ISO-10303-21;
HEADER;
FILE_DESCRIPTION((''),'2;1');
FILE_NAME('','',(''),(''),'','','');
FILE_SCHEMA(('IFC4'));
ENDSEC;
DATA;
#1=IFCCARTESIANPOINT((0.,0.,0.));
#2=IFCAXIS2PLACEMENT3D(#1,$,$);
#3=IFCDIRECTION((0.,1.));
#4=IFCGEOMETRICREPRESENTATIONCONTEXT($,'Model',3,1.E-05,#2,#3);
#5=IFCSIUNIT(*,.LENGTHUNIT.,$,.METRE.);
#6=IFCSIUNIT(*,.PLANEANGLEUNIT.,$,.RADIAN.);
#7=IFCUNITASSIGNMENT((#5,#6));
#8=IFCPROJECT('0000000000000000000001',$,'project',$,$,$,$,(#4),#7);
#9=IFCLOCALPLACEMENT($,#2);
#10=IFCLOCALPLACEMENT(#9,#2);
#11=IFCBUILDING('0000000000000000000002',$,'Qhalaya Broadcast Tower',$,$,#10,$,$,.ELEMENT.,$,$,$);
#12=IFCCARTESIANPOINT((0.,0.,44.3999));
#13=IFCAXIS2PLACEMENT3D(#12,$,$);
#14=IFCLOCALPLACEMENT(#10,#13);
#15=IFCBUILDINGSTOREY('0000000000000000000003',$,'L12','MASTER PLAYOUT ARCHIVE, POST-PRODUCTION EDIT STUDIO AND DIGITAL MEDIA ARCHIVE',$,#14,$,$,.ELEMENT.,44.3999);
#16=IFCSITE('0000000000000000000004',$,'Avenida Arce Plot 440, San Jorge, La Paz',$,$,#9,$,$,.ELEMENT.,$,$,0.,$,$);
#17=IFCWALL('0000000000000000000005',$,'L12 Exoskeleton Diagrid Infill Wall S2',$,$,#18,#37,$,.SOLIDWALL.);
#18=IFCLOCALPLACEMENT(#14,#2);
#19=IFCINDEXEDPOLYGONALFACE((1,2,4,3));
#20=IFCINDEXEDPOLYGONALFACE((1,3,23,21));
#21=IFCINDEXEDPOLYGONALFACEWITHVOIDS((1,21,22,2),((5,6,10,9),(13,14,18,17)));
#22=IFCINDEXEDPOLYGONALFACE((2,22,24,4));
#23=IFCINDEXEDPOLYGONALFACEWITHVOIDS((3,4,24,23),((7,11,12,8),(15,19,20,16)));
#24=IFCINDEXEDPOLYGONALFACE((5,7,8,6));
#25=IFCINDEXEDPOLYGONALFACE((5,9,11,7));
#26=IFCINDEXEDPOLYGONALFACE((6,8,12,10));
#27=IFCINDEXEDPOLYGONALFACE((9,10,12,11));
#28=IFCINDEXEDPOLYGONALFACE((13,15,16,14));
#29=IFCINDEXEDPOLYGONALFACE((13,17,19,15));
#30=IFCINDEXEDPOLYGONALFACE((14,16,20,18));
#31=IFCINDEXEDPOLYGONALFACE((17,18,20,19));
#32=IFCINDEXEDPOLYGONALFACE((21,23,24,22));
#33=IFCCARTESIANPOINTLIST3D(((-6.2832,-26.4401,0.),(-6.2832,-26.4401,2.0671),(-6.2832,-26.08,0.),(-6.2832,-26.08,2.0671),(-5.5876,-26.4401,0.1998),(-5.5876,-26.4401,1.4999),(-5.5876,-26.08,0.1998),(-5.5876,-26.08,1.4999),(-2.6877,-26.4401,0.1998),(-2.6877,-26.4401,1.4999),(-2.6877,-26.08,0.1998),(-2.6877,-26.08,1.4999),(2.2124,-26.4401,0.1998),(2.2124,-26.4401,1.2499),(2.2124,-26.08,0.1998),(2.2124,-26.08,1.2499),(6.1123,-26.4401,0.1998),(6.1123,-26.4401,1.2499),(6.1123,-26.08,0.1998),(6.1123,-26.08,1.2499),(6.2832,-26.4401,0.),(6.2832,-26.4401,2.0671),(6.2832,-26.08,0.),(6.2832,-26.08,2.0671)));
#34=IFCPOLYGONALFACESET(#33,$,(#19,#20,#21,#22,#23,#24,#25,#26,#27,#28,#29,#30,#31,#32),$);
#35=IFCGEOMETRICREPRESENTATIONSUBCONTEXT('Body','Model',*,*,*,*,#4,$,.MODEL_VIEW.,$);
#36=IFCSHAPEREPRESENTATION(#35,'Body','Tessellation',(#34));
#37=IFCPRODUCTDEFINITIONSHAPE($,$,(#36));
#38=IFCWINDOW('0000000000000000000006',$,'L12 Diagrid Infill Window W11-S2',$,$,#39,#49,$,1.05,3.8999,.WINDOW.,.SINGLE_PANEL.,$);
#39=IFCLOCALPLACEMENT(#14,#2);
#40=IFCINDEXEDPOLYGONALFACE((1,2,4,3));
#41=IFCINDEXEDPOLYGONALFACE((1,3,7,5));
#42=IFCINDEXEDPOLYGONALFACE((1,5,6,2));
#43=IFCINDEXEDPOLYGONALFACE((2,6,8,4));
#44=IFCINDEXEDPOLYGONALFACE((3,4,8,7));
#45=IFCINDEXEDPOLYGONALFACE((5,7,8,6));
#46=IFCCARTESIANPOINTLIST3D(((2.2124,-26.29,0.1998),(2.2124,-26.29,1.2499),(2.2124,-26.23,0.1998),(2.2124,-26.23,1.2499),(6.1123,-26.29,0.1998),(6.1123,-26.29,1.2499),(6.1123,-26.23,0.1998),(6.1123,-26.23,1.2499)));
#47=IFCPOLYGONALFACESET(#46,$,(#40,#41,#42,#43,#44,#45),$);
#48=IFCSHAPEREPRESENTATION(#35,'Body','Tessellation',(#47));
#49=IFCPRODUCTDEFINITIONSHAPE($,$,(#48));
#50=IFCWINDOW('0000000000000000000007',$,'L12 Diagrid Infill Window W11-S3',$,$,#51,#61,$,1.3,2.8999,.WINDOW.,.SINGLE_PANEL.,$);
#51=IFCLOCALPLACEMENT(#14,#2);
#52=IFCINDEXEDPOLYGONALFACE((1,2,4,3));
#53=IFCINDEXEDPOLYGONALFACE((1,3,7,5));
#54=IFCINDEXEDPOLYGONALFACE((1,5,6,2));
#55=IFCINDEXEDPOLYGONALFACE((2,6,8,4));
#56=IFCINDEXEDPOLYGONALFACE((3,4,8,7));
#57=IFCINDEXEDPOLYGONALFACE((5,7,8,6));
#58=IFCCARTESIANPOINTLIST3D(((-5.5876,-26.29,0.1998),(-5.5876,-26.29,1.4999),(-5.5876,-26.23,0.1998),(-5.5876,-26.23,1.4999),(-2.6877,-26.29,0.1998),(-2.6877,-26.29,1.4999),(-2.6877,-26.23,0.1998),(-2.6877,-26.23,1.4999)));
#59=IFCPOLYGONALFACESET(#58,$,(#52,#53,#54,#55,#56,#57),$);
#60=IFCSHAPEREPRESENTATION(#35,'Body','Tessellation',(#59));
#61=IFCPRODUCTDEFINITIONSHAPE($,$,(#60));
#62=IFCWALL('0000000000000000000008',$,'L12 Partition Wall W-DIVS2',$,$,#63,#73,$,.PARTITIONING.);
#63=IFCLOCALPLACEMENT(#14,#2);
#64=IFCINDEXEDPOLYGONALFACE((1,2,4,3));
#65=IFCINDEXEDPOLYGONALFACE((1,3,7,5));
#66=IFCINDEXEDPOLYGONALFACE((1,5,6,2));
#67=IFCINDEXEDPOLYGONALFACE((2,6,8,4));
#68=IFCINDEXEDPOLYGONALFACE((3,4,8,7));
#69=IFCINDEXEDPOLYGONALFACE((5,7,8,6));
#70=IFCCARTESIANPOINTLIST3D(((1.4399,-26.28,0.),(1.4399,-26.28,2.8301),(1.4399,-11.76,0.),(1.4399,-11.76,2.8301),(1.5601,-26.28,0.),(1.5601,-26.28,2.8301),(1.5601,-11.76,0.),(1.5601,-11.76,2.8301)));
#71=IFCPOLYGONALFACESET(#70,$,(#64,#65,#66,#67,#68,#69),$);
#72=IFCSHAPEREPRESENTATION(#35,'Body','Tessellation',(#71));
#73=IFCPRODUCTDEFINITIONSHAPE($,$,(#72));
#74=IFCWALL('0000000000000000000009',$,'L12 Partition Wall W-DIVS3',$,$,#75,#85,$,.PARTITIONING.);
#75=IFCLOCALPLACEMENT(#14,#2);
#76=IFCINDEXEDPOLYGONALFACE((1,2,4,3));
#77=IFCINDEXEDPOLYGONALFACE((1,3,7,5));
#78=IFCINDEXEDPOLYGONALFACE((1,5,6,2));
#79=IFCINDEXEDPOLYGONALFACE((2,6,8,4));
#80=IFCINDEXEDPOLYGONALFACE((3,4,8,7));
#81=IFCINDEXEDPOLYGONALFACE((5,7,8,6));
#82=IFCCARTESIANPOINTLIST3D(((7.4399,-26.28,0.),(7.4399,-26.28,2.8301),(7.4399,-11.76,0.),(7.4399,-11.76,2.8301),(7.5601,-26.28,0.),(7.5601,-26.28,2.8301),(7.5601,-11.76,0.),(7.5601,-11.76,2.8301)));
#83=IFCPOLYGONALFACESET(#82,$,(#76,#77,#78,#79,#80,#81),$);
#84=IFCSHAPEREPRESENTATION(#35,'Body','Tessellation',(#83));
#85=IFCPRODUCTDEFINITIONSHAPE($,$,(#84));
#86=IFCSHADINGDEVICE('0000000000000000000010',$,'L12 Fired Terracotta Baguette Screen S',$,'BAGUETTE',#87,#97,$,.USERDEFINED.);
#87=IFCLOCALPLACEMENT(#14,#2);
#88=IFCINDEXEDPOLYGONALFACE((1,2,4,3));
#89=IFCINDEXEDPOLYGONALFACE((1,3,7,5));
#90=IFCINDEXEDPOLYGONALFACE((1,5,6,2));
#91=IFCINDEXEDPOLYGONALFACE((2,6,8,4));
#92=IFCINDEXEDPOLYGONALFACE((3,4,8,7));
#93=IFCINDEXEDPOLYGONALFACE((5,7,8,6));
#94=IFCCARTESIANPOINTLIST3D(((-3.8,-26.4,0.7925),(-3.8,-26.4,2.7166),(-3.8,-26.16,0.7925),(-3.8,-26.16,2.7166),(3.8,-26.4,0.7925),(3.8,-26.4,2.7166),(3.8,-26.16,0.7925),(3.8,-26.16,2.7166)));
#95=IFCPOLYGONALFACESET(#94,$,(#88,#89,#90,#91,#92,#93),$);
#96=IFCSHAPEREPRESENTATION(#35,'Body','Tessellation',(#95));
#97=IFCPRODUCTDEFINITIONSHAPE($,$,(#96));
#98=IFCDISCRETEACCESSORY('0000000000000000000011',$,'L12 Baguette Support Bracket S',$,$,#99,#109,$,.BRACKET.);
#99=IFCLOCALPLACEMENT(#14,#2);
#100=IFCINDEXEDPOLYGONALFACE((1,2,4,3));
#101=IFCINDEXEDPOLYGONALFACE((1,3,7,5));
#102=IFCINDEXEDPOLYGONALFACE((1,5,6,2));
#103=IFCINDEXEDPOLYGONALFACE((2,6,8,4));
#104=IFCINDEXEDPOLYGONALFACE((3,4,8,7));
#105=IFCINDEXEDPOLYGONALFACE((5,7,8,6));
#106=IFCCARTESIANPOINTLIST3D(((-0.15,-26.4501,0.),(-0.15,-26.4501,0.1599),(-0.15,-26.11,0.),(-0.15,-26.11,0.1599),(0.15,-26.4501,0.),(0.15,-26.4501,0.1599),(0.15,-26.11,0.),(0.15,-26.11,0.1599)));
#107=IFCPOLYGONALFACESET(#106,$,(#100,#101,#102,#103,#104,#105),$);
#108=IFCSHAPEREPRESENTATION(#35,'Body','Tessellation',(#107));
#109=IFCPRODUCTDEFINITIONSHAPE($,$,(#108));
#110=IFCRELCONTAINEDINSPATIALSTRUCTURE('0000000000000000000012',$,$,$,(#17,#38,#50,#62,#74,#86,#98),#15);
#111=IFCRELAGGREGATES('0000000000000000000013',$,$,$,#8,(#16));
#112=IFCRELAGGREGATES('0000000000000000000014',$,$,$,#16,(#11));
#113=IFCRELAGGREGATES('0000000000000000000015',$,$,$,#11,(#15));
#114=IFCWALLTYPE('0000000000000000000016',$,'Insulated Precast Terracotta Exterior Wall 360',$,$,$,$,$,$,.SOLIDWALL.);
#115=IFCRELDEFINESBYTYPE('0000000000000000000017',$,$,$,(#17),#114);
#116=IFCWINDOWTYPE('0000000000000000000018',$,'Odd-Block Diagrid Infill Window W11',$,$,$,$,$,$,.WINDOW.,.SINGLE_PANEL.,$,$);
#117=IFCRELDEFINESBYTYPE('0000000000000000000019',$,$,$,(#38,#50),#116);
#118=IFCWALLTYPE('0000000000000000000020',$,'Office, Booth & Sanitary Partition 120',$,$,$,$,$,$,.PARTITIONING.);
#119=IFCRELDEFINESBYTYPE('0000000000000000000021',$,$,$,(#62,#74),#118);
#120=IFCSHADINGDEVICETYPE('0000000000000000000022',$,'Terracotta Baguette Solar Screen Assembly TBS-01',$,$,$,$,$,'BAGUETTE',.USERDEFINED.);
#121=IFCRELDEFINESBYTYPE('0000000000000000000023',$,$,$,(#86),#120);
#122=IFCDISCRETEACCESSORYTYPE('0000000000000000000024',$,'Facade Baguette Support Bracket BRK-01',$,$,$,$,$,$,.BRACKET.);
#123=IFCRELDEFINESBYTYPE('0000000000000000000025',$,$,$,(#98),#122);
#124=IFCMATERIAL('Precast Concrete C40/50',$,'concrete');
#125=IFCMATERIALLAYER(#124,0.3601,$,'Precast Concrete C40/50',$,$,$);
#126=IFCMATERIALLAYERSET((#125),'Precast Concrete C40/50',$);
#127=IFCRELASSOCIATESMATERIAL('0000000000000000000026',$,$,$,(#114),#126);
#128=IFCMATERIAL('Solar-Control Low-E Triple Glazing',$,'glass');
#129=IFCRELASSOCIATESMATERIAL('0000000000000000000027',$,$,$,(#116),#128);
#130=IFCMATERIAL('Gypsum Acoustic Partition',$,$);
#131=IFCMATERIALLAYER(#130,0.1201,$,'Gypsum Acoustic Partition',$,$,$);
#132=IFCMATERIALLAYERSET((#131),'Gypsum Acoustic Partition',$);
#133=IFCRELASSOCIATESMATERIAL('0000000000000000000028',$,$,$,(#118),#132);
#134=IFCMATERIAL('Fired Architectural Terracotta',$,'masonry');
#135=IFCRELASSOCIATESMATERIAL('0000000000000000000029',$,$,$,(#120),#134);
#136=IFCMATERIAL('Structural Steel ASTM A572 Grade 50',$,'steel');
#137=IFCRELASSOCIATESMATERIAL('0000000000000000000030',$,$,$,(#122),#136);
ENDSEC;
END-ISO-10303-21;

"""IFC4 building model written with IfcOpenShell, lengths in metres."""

from ifc_helpers import new_model, si_unit, direction, frame, frame_2d, origin, origin_2d, place, context, subcontext, project, spatial, rectangle, extrude, material, layer, layer_set, type_object, element, fill, save


model = new_model("IFC4")

# Units and contexts
model_context = context("Model", 3, precision=1e-05, world=origin(), true_north=direction((0.0, 1.0)))
body_context = subcontext(model_context, "Body", "Model", "MODEL_VIEW")
ifc_project = project(units=[si_unit("LENGTHUNIT", "METRE"), si_unit("PLANEANGLEUNIT", "RADIAN")], contexts=[model_context])

# Site, building, storey
site_placement = place(None, origin())
site = spatial("IfcSite", under=ifc_project, at=site_placement, Name="Avenida Arce Plot 440, San Jorge, La Paz", CompositionType="ELEMENT", RefElevation=0.0)
building_placement = place(site_placement, origin())
building = spatial("IfcBuilding", under=site, at=building_placement, Name="Qhalaya Broadcast Tower", CompositionType="ELEMENT")
storey_placement = place(building_placement, frame((0.0, 0.0, 44.3999)))
storey = spatial("IfcBuildingStorey", under=building, at=storey_placement, Name="L12", Description="MASTER PLAYOUT ARCHIVE, POST-PRODUCTION EDIT STUDIO AND DIGITAL MEDIA ARCHIVE", CompositionType="ELEMENT", Elevation=44.3999)

# Shared definitions
ifc_material_1 = material(Name="Structural Steel ASTM A572 Grade 50", Category="steel")

# Shared definitions
ifc_material_2 = material(Name="Gypsum Acoustic Partition")

# Wall, openings, windows
ifc_material_3 = material(Name="Precast Concrete C40/50", Category="concrete")
ifc_layer_1 = layer(ifc_material_3, 0.3601, Name="Precast Concrete C40/50")
ifc_layer_set_1 = layer_set([ifc_layer_1], Name="Precast Concrete C40/50")
wall_type_1 = type_object("IfcWallType", Name="Insulated Precast Terracotta Exterior Wall 360", PredefinedType="SOLIDWALL", material=ifc_layer_set_1)
wall_1_placement = place(storey_placement, frame((6.2832, -26.26, 0.0), z_axis=(0.0, 0.0, 1.0), x_axis=(-1.0, 0.0, 0.0)))
wall_1 = element("IfcWall", 1, at=wall_1_placement, inside=storey, type_object=wall_type_1, Name="L12 Exoskeleton Diagrid Infill Wall S2", PredefinedType="SOLIDWALL", context=body_context, shape_type="SweptSolid", body=[
    extrude(rectangle(XDim=12.5664, YDim=0.3601, at=frame_2d((6.2832, 0.0))), origin(), (0.0, 0.0, 1.0), 2.0671),
])
opening_1_placement = place(wall_1_placement, frame((0.1709, 0.0, 0.2)))
opening_1 = element("IfcOpeningElement", 2, at=opening_1_placement, cuts=wall_1, PredefinedType="OPENING", context=body_context, shape_type="SweptSolid", body=[
    extrude(rectangle(XDim=3.8999, YDim=1.05, at=frame_2d((1.95, 0.5249))), frame((0.0, 0.1921, 0.0), z_axis=(0.0, -1.0, 0.0), x_axis=(1.0, 0.0, 0.0)), (0.0, 0.0, 1.0), 0.384),
])
opening_2_placement = place(wall_1_placement, frame((8.9709, 0.0, 0.2)))
opening_2 = element("IfcOpeningElement", 3, at=opening_2_placement, cuts=wall_1, PredefinedType="OPENING", context=body_context, shape_type="SweptSolid", body=[
    extrude(rectangle(XDim=2.8999, YDim=1.3, at=frame_2d((1.45, 0.6499))), frame((0.0, 0.1921, 0.0), z_axis=(0.0, -1.0, 0.0), x_axis=(1.0, 0.0, 0.0)), (0.0, 0.0, 1.0), 0.384),
])
ifc_material_4 = material(Name="Solar-Control Low-E Triple Glazing", Category="glass")
window_type = type_object("IfcWindowType", Name="Odd-Block Diagrid Infill Window W11", PartitioningType="SINGLE_PANEL", PredefinedType="WINDOW", material=ifc_material_4)
window_1_placement = place(opening_1_placement, origin())
window_1 = element("IfcWindow", 4, at=window_1_placement, inside=storey, type_object=window_type, Name="L12 Diagrid Infill Window W11-S2", OverallHeight=1.05, OverallWidth=3.8999, PartitioningType="SINGLE_PANEL", PredefinedType="WINDOW", context=body_context, shape_type="SweptSolid", body=[
    extrude(rectangle(XDim=3.8999, YDim=1.05, at=frame_2d((1.95, 0.5249))), frame((0.0, 0.03, 0.0), z_axis=(0.0, -1.0, 0.0), x_axis=(1.0, 0.0, 0.0)), (0.0, 0.0, 1.0), 0.0601),
])
fill(opening_1, window_1)
window_2_placement = place(opening_2_placement, origin())
window_2 = element("IfcWindow", 5, at=window_2_placement, inside=storey, type_object=window_type, Name="L12 Diagrid Infill Window W11-S3", OverallHeight=1.3, OverallWidth=2.8999, PartitioningType="SINGLE_PANEL", PredefinedType="WINDOW", context=body_context, shape_type="SweptSolid", body=[
    extrude(rectangle(XDim=2.8999, YDim=1.3, at=frame_2d((1.45, 0.6499))), frame((0.0, 0.03, 0.0), z_axis=(0.0, -1.0, 0.0), x_axis=(1.0, 0.0, 0.0)), (0.0, 0.0, 1.0), 0.0601),
])
fill(opening_2, window_2)

# Walls
ifc_layer_2 = layer(ifc_material_2, 0.1201, Name="Gypsum Acoustic Partition")
ifc_layer_set_2 = layer_set([ifc_layer_2], Name="Gypsum Acoustic Partition")
wall_type_2 = type_object("IfcWallType", Name="Office, Booth & Sanitary Partition 120", PredefinedType="PARTITIONING", material=ifc_layer_set_2)
for number, where, z_axis, x_axis, name in (
    (6, (1.5, -26.28, 0.0), (0.0, 0.0, 1.0), (0.0, 1.0, 0.0), "L12 Partition Wall W-DIVS2"),
    (7, (7.5, -26.28, 0.0), (0.0, 0.0, 1.0), (0.0, 1.0, 0.0), "L12 Partition Wall W-DIVS3"),
):
    element("IfcWall", number, at=place(storey_placement, frame(where, z_axis=z_axis, x_axis=x_axis)), inside=storey, type_object=wall_type_2, Name=name, PredefinedType="PARTITIONING", context=body_context, shape_type="SweptSolid", body=[
        extrude(rectangle(XDim=14.52, YDim=0.1201, at=frame_2d((7.26, 0.0))), origin(), (0.0, 0.0, 1.0), 2.8301),
    ])

# Shading device
ifc_material_5 = material(Name="Fired Architectural Terracotta", Category="masonry")
shading_device_type = type_object("IfcShadingDeviceType", Name="Terracotta Baguette Solar Screen Assembly TBS-01", ElementType="BAGUETTE", PredefinedType="USERDEFINED", material=ifc_material_5)
shading_device_placement = place(storey_placement, frame((0.0, -26.28, 0.7925), z_axis=(0.0, 0.0, 1.0), x_axis=(1.0, 0.0, 0.0)))
element("IfcShadingDevice", 8, at=shading_device_placement, inside=storey, type_object=shading_device_type, Name="L12 Fired Terracotta Baguette Screen S", ObjectType="BAGUETTE", PredefinedType="USERDEFINED", context=body_context, shape_type="SweptSolid", body=[
    extrude(rectangle(XDim=7.6001, YDim=0.24, at=origin_2d()), origin(), (0.0, 0.0, 1.0), 1.9241),
])

# Discrete accessory
discrete_accessory_type = type_object("IfcDiscreteAccessoryType", Name="Facade Baguette Support Bracket BRK-01", PredefinedType="BRACKET", material=ifc_material_1)
discrete_accessory_placement = place(storey_placement, frame((0.0, -26.28, 0.0), z_axis=(0.0, 0.0, 1.0), x_axis=(1.0, 0.0, 0.0)))
element("IfcDiscreteAccessory", 9, at=discrete_accessory_placement, inside=storey, type_object=discrete_accessory_type, Name="L12 Baguette Support Bracket S", PredefinedType="BRACKET", context=body_context, shape_type="SweptSolid", body=[
    extrude(rectangle(XDim=0.3, YDim=0.3401, at=origin_2d()), origin(), (0.0, 0.0, 1.0), 0.1599),
])

save(model, "model.ifc")
